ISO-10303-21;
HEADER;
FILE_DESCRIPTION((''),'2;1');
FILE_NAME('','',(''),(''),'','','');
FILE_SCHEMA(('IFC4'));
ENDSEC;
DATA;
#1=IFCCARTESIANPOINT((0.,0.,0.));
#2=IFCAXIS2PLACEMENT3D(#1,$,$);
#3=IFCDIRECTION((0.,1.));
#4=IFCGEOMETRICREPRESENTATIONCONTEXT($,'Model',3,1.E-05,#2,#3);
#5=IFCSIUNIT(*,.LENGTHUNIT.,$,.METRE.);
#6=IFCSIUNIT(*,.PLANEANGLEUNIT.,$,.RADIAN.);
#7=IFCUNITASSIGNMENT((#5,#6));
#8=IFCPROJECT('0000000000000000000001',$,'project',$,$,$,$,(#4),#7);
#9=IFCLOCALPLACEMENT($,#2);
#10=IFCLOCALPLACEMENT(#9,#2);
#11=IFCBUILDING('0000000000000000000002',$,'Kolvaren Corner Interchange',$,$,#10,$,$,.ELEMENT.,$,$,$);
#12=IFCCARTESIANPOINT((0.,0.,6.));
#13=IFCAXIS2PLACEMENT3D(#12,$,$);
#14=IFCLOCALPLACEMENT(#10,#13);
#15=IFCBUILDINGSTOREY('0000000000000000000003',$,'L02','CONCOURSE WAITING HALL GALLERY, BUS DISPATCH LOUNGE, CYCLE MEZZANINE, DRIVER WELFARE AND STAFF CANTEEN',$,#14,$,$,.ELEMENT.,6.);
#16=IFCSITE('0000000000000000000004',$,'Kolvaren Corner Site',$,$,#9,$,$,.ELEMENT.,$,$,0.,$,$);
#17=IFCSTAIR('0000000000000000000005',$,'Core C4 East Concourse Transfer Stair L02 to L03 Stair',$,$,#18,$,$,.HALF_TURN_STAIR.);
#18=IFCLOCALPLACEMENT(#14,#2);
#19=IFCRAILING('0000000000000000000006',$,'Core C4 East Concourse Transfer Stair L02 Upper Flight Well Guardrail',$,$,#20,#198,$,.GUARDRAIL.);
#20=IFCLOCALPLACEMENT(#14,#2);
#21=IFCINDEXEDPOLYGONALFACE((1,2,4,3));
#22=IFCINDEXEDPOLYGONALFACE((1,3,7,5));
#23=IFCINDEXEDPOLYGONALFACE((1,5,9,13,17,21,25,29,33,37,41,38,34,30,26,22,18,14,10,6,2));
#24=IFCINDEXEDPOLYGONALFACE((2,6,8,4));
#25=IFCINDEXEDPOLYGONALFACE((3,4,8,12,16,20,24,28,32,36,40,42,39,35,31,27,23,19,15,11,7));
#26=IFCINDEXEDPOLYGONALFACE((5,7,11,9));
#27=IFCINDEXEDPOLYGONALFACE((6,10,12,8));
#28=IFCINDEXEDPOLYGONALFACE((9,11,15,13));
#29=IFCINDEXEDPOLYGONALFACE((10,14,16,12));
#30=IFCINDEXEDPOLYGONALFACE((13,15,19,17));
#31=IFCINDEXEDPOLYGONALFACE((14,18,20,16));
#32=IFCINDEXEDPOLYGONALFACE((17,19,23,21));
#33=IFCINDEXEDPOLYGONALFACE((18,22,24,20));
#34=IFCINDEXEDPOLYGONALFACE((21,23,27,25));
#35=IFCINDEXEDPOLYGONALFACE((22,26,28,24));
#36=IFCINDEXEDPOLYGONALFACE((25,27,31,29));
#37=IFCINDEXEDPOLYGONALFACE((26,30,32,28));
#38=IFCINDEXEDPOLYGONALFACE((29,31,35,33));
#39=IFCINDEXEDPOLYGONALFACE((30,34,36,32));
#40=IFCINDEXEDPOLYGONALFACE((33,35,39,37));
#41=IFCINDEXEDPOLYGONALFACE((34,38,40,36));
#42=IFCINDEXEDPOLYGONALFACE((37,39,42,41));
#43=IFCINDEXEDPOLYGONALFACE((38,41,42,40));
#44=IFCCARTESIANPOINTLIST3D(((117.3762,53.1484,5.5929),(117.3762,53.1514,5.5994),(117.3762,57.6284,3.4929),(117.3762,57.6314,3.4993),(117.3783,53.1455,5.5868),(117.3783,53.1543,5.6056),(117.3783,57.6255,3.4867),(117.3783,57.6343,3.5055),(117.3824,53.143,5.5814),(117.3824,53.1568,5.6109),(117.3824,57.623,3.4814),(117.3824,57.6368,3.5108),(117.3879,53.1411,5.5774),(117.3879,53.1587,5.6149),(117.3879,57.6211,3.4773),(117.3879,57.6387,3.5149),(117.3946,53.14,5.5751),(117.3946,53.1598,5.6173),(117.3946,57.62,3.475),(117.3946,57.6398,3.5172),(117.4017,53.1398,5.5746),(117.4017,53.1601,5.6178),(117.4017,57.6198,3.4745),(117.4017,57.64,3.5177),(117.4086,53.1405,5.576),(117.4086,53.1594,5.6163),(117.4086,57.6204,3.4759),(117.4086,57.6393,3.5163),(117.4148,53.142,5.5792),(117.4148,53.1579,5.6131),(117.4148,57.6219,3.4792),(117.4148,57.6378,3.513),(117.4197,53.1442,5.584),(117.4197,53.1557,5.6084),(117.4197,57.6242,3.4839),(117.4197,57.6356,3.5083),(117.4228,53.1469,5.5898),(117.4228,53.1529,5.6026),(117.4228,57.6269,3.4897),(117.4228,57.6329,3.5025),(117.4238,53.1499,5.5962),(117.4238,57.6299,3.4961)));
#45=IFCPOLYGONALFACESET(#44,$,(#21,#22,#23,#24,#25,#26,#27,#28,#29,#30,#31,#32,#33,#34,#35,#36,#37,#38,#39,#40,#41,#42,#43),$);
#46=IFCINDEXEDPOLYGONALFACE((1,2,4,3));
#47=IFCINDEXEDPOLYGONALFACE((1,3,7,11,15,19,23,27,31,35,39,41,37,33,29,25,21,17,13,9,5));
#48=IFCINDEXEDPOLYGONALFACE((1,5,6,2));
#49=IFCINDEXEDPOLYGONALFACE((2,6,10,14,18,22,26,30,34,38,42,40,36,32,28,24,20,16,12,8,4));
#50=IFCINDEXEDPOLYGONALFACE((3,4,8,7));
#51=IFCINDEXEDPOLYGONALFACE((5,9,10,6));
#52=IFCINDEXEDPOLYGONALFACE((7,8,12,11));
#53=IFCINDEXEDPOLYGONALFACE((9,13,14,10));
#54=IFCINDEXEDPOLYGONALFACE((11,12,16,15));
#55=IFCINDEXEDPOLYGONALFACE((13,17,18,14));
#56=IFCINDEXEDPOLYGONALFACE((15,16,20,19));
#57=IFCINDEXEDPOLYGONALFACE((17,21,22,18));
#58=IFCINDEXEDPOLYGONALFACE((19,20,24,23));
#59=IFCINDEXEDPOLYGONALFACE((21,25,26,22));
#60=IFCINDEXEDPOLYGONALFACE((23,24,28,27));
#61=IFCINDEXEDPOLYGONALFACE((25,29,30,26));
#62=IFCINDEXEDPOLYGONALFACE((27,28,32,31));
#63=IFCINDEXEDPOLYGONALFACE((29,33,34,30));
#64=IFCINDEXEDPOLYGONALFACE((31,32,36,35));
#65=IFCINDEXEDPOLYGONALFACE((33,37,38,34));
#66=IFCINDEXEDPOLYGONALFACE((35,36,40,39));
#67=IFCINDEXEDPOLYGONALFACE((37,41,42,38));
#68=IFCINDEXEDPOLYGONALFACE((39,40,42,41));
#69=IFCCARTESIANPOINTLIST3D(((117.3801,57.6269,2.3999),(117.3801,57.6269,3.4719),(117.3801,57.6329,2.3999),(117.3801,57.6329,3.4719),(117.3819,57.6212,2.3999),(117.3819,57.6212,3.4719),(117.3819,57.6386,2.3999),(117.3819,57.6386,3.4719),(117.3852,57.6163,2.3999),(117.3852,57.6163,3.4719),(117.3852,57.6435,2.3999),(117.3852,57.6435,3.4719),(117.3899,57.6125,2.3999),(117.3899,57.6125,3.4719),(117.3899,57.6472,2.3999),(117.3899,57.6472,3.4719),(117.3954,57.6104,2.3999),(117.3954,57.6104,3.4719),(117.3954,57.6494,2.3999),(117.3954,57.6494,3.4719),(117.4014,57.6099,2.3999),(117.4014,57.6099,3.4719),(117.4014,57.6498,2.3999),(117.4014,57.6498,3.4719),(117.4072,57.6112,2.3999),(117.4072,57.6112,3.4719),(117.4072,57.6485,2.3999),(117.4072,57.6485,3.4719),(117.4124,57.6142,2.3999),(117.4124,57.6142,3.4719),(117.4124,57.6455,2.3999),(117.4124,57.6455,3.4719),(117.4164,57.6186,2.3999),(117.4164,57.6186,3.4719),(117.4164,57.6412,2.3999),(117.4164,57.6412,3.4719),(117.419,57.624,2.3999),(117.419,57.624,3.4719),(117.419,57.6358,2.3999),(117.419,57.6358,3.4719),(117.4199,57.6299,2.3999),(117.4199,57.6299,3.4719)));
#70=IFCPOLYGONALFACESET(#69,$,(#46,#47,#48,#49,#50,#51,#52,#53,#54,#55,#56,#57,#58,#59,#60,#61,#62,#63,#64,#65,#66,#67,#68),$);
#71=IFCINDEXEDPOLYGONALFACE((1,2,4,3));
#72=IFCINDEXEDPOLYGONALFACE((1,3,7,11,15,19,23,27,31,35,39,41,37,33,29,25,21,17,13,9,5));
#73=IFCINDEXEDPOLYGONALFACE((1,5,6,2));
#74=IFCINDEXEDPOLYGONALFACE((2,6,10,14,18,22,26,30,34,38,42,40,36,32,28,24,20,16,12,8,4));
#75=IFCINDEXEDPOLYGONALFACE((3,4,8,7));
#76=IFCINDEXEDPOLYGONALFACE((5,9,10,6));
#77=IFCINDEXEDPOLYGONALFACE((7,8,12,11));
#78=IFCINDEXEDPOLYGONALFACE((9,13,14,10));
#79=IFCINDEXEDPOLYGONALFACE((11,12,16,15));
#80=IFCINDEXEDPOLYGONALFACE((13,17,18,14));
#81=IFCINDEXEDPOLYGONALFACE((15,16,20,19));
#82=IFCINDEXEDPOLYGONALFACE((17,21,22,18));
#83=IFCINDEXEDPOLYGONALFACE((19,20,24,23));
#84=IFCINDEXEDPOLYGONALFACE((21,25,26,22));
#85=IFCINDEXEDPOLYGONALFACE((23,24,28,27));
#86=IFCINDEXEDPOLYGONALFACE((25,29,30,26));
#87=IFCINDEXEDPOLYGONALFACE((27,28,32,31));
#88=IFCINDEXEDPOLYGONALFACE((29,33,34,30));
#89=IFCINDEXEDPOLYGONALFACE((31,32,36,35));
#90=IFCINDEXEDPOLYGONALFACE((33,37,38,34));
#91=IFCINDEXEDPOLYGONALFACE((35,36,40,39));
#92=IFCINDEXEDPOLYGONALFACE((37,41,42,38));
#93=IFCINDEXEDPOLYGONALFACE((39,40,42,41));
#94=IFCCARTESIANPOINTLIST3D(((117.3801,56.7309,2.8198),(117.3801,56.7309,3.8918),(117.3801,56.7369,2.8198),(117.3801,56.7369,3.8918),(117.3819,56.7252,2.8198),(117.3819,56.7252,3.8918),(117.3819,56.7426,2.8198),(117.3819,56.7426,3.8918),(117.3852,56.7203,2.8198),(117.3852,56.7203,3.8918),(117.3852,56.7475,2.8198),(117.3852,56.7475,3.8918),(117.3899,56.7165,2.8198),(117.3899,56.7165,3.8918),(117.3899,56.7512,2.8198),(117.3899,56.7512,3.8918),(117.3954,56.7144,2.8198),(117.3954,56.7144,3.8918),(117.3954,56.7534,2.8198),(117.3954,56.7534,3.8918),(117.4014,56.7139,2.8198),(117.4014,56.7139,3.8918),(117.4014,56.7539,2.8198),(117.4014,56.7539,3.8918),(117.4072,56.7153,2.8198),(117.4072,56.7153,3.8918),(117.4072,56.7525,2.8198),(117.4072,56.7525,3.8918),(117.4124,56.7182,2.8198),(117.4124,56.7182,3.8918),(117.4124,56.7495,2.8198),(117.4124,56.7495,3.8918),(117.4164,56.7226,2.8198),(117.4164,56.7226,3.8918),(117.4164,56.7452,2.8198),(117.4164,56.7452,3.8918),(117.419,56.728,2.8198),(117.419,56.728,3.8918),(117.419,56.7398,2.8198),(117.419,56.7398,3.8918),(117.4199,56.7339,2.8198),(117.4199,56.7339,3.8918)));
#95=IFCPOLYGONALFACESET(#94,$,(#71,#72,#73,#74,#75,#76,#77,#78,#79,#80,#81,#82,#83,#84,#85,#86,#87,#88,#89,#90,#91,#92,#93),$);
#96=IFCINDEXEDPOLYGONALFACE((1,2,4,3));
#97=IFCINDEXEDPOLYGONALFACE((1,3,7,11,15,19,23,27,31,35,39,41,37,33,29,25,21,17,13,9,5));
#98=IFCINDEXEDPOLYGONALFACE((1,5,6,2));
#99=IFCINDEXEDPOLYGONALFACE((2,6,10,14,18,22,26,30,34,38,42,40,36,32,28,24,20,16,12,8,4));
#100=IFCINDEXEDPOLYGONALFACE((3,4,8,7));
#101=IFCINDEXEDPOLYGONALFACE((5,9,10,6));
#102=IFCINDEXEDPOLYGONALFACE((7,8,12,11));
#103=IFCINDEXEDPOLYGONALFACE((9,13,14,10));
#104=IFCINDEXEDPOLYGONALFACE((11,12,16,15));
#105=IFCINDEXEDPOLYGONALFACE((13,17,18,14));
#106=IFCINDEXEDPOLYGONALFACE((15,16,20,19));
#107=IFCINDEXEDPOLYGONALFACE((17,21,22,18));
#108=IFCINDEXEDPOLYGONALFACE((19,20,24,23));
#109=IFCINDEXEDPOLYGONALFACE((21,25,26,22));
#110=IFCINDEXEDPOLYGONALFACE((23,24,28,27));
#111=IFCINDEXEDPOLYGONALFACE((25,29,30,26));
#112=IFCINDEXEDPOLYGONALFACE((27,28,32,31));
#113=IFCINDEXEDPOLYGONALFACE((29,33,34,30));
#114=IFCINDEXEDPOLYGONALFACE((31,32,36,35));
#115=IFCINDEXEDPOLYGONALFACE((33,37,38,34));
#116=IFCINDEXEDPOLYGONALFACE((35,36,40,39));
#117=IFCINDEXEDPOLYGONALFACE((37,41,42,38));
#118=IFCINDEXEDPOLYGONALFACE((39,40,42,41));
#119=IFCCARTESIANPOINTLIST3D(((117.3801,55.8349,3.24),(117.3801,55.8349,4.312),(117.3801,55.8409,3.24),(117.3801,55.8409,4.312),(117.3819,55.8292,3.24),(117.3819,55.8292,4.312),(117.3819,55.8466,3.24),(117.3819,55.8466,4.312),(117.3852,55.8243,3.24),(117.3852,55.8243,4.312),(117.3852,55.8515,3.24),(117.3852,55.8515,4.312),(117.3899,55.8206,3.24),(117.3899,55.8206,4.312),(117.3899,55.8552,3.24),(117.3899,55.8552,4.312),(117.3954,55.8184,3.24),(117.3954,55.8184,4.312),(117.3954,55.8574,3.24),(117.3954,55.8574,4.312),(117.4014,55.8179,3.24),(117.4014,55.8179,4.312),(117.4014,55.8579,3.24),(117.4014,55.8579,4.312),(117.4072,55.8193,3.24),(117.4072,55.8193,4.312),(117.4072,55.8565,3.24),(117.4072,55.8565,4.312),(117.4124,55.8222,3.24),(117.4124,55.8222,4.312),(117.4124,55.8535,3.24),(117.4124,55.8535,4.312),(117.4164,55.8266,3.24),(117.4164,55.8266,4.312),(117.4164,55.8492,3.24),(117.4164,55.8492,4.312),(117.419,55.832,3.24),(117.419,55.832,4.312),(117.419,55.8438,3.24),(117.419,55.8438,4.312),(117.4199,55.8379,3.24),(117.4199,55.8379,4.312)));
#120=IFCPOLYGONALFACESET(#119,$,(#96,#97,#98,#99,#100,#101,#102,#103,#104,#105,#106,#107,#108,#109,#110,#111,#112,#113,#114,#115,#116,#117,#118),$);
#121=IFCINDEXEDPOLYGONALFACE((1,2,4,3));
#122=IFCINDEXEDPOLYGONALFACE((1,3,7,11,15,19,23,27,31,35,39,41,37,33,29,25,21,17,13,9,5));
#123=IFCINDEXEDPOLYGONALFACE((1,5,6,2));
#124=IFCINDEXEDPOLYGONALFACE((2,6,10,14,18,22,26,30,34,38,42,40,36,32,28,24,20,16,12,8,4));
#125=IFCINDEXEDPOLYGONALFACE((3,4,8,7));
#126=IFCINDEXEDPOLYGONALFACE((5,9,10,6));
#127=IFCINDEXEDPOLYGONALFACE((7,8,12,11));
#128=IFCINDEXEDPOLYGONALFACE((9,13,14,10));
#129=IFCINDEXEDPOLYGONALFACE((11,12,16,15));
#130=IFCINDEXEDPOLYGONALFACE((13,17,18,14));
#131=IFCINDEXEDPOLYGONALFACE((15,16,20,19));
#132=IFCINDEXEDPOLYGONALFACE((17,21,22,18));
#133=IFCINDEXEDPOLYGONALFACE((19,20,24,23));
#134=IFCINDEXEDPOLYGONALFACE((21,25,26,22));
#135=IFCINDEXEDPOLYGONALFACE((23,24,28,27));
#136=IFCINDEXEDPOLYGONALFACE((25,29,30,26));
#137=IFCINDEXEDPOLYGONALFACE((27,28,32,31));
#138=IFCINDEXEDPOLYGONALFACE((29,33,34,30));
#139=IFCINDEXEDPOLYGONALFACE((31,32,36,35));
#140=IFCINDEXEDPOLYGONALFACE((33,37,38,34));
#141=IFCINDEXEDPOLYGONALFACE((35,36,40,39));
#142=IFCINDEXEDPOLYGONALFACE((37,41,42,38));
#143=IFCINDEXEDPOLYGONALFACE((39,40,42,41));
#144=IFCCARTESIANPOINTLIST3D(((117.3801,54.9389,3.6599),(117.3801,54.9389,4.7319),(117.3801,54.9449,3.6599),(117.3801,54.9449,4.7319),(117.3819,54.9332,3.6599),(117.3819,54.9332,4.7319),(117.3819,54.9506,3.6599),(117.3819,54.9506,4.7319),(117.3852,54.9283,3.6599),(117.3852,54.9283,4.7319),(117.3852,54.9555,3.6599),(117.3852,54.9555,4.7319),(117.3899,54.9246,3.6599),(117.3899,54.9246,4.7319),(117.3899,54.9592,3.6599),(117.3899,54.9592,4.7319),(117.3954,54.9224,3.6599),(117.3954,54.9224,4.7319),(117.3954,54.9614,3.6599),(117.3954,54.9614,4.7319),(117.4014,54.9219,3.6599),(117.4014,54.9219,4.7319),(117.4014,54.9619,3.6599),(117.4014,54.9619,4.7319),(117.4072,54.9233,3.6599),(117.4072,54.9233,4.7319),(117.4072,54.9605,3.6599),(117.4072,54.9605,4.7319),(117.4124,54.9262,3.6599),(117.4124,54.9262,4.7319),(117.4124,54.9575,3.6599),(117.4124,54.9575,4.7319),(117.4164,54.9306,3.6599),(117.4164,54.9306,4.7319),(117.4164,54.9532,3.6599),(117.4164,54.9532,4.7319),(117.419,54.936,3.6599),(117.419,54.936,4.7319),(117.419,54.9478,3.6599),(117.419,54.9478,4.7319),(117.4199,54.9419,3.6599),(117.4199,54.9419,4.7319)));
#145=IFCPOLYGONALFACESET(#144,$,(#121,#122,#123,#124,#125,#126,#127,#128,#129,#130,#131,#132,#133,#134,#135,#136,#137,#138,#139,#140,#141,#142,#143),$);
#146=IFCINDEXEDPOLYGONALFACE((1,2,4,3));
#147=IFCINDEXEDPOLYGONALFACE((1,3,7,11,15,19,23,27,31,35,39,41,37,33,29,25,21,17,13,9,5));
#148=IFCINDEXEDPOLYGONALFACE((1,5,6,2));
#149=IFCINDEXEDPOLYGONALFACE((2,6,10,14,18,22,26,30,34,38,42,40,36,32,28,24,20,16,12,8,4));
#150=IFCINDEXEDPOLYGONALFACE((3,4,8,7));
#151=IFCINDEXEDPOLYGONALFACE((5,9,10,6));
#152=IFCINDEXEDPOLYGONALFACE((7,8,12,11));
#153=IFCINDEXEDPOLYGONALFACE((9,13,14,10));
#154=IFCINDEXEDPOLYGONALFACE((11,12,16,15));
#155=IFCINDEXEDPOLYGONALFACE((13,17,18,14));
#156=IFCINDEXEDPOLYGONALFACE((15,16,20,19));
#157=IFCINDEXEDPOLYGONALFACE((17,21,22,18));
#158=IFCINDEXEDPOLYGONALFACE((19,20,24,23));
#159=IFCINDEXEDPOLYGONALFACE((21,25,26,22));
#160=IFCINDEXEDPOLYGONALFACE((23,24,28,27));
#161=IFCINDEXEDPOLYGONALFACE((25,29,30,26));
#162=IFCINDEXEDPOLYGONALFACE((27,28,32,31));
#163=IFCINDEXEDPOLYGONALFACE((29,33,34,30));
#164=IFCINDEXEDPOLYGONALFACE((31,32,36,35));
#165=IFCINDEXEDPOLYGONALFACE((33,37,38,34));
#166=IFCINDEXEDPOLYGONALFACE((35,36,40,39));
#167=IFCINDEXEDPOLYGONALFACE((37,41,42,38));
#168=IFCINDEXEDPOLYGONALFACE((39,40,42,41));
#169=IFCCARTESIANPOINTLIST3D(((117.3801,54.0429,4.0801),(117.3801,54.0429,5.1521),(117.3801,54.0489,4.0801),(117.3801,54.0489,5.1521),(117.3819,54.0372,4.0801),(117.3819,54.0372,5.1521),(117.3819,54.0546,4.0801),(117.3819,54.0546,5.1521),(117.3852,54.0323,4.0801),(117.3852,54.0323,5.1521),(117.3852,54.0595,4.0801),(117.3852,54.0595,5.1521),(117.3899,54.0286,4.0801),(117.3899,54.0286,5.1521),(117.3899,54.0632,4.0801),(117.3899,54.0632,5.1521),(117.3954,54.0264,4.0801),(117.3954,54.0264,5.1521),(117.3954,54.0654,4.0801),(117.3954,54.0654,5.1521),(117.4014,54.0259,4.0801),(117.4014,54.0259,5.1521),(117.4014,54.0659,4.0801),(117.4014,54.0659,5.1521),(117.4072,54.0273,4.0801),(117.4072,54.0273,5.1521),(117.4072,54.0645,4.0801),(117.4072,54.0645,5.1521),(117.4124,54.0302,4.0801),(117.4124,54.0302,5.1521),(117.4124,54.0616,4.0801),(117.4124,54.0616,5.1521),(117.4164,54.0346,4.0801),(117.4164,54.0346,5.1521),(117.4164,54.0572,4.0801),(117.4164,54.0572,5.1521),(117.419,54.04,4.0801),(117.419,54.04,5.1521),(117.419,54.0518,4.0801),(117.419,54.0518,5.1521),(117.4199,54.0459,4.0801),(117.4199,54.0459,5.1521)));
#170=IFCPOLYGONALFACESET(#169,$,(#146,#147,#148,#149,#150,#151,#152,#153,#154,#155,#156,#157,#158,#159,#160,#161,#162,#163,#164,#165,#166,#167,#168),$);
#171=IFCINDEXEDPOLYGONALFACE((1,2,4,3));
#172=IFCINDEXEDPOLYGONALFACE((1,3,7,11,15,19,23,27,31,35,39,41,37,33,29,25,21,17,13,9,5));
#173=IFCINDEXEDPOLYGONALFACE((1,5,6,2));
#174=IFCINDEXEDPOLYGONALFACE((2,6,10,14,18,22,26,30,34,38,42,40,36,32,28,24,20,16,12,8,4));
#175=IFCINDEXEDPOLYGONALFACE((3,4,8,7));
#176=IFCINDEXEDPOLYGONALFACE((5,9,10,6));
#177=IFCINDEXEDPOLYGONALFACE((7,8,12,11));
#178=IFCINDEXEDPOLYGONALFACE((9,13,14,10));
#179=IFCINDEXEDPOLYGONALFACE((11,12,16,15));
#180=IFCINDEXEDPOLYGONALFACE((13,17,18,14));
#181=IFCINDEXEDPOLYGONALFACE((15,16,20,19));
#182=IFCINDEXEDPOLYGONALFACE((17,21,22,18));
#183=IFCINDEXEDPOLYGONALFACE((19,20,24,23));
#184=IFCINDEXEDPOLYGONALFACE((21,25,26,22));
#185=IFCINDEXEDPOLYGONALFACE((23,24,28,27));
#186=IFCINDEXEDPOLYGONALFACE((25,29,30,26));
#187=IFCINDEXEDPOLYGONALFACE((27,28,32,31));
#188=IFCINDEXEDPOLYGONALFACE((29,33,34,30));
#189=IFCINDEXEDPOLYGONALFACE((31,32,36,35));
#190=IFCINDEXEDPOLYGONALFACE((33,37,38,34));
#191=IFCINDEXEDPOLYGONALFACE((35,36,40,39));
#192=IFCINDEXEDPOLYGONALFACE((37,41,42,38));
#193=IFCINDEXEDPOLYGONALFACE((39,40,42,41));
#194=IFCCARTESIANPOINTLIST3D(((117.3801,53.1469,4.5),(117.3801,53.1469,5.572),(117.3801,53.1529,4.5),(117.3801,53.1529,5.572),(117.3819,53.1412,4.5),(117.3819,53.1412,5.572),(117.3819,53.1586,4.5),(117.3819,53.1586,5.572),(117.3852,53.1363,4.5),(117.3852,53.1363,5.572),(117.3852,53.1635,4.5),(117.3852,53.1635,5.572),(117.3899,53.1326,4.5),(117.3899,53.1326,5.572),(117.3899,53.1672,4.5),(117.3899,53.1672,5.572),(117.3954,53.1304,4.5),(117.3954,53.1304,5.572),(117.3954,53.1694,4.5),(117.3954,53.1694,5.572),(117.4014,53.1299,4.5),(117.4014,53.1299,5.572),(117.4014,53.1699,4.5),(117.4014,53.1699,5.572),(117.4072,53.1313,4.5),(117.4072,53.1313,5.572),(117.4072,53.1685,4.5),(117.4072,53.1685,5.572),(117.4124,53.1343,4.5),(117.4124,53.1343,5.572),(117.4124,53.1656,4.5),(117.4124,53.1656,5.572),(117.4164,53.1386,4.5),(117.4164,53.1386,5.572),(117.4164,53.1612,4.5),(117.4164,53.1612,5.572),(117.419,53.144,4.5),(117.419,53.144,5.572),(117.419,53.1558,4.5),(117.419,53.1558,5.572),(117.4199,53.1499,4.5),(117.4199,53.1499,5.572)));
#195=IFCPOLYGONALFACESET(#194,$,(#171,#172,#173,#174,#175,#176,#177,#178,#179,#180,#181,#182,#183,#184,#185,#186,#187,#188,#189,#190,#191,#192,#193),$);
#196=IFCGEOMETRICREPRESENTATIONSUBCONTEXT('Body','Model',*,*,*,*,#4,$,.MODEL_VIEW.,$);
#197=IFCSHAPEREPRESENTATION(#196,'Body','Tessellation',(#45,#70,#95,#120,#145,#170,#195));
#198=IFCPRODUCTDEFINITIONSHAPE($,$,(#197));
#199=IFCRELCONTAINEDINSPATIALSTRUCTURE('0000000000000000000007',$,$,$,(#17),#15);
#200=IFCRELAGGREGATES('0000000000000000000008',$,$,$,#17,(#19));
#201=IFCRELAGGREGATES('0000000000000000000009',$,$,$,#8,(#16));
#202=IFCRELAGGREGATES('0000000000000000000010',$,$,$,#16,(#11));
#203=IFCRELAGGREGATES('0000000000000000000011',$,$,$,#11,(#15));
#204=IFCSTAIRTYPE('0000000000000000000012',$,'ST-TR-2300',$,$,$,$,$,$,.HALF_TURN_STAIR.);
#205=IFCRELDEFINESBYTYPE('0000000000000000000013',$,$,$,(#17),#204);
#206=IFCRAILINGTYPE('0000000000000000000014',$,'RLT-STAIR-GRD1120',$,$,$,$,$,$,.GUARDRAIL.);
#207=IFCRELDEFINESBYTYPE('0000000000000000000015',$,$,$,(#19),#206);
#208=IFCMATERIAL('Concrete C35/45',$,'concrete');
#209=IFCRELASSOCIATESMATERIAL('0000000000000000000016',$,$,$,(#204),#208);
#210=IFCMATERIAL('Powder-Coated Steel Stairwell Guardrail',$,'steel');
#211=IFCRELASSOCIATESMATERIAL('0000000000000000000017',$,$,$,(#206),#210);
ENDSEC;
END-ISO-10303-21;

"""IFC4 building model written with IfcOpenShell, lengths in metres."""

from ifc_helpers import new_model, si_unit, direction, frame, origin, origin_2d, place, context, subcontext, project, spatial, circle, extrude, material, type_object, element, aggregate, save


model = new_model("IFC4")

# Units and contexts
model_context = context("Model", 3, precision=1e-05, world=origin(), true_north=direction((0.0, 1.0)))
body_context = subcontext(model_context, "Body", "Model", "MODEL_VIEW")
ifc_project = project(units=[si_unit("LENGTHUNIT", "METRE"), si_unit("PLANEANGLEUNIT", "RADIAN")], contexts=[model_context])

# Site, building, storey
site_placement = place(None, origin())
site = spatial("IfcSite", under=ifc_project, at=site_placement, Name="Kolvaren Corner Site", CompositionType="ELEMENT", RefElevation=0.0)
building_placement = place(site_placement, origin())
building = spatial("IfcBuilding", under=site, at=building_placement, Name="Kolvaren Corner Interchange", CompositionType="ELEMENT")
storey_placement = place(building_placement, frame((0.0, 0.0, 6.0)))
storey = spatial("IfcBuildingStorey", under=building, at=storey_placement, Name="L02", Description="CONCOURSE WAITING HALL GALLERY, BUS DISPATCH LOUNGE, CYCLE MEZZANINE, DRIVER WELFARE AND STAFF CANTEEN", CompositionType="ELEMENT", Elevation=6.0)

# Stair, railing
ifc_material_1 = material(Name="Concrete C35/45", Category="concrete")
stair_type = type_object("IfcStairType", Name="ST-TR-2300", PredefinedType="HALF_TURN_STAIR", material=ifc_material_1)
stair_placement = place(storey_placement, origin())
stair = element("IfcStair", 1, at=stair_placement, inside=storey, type_object=stair_type, Name="Core C4 East Concourse Transfer Stair L02 to L03 Stair", PredefinedType="HALF_TURN_STAIR")
ifc_material_2 = material(Name="Powder-Coated Steel Stairwell Guardrail", Category="steel")
railing_type_1 = type_object("IfcRailingType", Name="RLT-STAIR-GRD1120", PredefinedType="GUARDRAIL", material=ifc_material_2)
railing_1_placement = place(storey_placement, frame((117.3999, 57.6299, 2.3999)))
railing_1 = element("IfcRailing", 2, at=railing_1_placement, type_object=railing_type_1, Name="Core C4 East Concourse Transfer Stair L02 Upper Flight Well Guardrail", PredefinedType="GUARDRAIL", context=body_context, shape_type="SweptSolid", body=[
    extrude(circle(Radius=0.0239, at=origin_2d()), frame((0.0, 0.0, 1.0962), z_axis=(0.0, -0.905451, 0.424452), x_axis=(1.0, 0.0, 0.0)), (0.0, 0.0, 1.0), 4.9478),
    extrude(circle(Radius=0.02, at=origin_2d()), origin(), (0.0, 0.0, 1.0), 1.072),
    extrude(circle(Radius=0.02, at=origin_2d()), frame((0.0, -0.896, 0.4199)), (0.0, 0.0, 1.0), 1.072),
    extrude(circle(Radius=0.02, at=origin_2d()), frame((0.0, -1.792, 0.8401)), (0.0, 0.0, 1.0), 1.072),
    extrude(circle(Radius=0.02, at=origin_2d()), frame((0.0, -2.688, 1.26)), (0.0, 0.0, 1.0), 1.072),
    extrude(circle(Radius=0.02, at=origin_2d()), frame((0.0, -3.584, 1.6802)), (0.0, 0.0, 1.0), 1.072),
    extrude(circle(Radius=0.02, at=origin_2d()), frame((0.0, -4.48, 2.1001)), (0.0, 0.0, 1.0), 1.072),
])
aggregate(stair, [railing_1])

save(model, "model.ifc")
